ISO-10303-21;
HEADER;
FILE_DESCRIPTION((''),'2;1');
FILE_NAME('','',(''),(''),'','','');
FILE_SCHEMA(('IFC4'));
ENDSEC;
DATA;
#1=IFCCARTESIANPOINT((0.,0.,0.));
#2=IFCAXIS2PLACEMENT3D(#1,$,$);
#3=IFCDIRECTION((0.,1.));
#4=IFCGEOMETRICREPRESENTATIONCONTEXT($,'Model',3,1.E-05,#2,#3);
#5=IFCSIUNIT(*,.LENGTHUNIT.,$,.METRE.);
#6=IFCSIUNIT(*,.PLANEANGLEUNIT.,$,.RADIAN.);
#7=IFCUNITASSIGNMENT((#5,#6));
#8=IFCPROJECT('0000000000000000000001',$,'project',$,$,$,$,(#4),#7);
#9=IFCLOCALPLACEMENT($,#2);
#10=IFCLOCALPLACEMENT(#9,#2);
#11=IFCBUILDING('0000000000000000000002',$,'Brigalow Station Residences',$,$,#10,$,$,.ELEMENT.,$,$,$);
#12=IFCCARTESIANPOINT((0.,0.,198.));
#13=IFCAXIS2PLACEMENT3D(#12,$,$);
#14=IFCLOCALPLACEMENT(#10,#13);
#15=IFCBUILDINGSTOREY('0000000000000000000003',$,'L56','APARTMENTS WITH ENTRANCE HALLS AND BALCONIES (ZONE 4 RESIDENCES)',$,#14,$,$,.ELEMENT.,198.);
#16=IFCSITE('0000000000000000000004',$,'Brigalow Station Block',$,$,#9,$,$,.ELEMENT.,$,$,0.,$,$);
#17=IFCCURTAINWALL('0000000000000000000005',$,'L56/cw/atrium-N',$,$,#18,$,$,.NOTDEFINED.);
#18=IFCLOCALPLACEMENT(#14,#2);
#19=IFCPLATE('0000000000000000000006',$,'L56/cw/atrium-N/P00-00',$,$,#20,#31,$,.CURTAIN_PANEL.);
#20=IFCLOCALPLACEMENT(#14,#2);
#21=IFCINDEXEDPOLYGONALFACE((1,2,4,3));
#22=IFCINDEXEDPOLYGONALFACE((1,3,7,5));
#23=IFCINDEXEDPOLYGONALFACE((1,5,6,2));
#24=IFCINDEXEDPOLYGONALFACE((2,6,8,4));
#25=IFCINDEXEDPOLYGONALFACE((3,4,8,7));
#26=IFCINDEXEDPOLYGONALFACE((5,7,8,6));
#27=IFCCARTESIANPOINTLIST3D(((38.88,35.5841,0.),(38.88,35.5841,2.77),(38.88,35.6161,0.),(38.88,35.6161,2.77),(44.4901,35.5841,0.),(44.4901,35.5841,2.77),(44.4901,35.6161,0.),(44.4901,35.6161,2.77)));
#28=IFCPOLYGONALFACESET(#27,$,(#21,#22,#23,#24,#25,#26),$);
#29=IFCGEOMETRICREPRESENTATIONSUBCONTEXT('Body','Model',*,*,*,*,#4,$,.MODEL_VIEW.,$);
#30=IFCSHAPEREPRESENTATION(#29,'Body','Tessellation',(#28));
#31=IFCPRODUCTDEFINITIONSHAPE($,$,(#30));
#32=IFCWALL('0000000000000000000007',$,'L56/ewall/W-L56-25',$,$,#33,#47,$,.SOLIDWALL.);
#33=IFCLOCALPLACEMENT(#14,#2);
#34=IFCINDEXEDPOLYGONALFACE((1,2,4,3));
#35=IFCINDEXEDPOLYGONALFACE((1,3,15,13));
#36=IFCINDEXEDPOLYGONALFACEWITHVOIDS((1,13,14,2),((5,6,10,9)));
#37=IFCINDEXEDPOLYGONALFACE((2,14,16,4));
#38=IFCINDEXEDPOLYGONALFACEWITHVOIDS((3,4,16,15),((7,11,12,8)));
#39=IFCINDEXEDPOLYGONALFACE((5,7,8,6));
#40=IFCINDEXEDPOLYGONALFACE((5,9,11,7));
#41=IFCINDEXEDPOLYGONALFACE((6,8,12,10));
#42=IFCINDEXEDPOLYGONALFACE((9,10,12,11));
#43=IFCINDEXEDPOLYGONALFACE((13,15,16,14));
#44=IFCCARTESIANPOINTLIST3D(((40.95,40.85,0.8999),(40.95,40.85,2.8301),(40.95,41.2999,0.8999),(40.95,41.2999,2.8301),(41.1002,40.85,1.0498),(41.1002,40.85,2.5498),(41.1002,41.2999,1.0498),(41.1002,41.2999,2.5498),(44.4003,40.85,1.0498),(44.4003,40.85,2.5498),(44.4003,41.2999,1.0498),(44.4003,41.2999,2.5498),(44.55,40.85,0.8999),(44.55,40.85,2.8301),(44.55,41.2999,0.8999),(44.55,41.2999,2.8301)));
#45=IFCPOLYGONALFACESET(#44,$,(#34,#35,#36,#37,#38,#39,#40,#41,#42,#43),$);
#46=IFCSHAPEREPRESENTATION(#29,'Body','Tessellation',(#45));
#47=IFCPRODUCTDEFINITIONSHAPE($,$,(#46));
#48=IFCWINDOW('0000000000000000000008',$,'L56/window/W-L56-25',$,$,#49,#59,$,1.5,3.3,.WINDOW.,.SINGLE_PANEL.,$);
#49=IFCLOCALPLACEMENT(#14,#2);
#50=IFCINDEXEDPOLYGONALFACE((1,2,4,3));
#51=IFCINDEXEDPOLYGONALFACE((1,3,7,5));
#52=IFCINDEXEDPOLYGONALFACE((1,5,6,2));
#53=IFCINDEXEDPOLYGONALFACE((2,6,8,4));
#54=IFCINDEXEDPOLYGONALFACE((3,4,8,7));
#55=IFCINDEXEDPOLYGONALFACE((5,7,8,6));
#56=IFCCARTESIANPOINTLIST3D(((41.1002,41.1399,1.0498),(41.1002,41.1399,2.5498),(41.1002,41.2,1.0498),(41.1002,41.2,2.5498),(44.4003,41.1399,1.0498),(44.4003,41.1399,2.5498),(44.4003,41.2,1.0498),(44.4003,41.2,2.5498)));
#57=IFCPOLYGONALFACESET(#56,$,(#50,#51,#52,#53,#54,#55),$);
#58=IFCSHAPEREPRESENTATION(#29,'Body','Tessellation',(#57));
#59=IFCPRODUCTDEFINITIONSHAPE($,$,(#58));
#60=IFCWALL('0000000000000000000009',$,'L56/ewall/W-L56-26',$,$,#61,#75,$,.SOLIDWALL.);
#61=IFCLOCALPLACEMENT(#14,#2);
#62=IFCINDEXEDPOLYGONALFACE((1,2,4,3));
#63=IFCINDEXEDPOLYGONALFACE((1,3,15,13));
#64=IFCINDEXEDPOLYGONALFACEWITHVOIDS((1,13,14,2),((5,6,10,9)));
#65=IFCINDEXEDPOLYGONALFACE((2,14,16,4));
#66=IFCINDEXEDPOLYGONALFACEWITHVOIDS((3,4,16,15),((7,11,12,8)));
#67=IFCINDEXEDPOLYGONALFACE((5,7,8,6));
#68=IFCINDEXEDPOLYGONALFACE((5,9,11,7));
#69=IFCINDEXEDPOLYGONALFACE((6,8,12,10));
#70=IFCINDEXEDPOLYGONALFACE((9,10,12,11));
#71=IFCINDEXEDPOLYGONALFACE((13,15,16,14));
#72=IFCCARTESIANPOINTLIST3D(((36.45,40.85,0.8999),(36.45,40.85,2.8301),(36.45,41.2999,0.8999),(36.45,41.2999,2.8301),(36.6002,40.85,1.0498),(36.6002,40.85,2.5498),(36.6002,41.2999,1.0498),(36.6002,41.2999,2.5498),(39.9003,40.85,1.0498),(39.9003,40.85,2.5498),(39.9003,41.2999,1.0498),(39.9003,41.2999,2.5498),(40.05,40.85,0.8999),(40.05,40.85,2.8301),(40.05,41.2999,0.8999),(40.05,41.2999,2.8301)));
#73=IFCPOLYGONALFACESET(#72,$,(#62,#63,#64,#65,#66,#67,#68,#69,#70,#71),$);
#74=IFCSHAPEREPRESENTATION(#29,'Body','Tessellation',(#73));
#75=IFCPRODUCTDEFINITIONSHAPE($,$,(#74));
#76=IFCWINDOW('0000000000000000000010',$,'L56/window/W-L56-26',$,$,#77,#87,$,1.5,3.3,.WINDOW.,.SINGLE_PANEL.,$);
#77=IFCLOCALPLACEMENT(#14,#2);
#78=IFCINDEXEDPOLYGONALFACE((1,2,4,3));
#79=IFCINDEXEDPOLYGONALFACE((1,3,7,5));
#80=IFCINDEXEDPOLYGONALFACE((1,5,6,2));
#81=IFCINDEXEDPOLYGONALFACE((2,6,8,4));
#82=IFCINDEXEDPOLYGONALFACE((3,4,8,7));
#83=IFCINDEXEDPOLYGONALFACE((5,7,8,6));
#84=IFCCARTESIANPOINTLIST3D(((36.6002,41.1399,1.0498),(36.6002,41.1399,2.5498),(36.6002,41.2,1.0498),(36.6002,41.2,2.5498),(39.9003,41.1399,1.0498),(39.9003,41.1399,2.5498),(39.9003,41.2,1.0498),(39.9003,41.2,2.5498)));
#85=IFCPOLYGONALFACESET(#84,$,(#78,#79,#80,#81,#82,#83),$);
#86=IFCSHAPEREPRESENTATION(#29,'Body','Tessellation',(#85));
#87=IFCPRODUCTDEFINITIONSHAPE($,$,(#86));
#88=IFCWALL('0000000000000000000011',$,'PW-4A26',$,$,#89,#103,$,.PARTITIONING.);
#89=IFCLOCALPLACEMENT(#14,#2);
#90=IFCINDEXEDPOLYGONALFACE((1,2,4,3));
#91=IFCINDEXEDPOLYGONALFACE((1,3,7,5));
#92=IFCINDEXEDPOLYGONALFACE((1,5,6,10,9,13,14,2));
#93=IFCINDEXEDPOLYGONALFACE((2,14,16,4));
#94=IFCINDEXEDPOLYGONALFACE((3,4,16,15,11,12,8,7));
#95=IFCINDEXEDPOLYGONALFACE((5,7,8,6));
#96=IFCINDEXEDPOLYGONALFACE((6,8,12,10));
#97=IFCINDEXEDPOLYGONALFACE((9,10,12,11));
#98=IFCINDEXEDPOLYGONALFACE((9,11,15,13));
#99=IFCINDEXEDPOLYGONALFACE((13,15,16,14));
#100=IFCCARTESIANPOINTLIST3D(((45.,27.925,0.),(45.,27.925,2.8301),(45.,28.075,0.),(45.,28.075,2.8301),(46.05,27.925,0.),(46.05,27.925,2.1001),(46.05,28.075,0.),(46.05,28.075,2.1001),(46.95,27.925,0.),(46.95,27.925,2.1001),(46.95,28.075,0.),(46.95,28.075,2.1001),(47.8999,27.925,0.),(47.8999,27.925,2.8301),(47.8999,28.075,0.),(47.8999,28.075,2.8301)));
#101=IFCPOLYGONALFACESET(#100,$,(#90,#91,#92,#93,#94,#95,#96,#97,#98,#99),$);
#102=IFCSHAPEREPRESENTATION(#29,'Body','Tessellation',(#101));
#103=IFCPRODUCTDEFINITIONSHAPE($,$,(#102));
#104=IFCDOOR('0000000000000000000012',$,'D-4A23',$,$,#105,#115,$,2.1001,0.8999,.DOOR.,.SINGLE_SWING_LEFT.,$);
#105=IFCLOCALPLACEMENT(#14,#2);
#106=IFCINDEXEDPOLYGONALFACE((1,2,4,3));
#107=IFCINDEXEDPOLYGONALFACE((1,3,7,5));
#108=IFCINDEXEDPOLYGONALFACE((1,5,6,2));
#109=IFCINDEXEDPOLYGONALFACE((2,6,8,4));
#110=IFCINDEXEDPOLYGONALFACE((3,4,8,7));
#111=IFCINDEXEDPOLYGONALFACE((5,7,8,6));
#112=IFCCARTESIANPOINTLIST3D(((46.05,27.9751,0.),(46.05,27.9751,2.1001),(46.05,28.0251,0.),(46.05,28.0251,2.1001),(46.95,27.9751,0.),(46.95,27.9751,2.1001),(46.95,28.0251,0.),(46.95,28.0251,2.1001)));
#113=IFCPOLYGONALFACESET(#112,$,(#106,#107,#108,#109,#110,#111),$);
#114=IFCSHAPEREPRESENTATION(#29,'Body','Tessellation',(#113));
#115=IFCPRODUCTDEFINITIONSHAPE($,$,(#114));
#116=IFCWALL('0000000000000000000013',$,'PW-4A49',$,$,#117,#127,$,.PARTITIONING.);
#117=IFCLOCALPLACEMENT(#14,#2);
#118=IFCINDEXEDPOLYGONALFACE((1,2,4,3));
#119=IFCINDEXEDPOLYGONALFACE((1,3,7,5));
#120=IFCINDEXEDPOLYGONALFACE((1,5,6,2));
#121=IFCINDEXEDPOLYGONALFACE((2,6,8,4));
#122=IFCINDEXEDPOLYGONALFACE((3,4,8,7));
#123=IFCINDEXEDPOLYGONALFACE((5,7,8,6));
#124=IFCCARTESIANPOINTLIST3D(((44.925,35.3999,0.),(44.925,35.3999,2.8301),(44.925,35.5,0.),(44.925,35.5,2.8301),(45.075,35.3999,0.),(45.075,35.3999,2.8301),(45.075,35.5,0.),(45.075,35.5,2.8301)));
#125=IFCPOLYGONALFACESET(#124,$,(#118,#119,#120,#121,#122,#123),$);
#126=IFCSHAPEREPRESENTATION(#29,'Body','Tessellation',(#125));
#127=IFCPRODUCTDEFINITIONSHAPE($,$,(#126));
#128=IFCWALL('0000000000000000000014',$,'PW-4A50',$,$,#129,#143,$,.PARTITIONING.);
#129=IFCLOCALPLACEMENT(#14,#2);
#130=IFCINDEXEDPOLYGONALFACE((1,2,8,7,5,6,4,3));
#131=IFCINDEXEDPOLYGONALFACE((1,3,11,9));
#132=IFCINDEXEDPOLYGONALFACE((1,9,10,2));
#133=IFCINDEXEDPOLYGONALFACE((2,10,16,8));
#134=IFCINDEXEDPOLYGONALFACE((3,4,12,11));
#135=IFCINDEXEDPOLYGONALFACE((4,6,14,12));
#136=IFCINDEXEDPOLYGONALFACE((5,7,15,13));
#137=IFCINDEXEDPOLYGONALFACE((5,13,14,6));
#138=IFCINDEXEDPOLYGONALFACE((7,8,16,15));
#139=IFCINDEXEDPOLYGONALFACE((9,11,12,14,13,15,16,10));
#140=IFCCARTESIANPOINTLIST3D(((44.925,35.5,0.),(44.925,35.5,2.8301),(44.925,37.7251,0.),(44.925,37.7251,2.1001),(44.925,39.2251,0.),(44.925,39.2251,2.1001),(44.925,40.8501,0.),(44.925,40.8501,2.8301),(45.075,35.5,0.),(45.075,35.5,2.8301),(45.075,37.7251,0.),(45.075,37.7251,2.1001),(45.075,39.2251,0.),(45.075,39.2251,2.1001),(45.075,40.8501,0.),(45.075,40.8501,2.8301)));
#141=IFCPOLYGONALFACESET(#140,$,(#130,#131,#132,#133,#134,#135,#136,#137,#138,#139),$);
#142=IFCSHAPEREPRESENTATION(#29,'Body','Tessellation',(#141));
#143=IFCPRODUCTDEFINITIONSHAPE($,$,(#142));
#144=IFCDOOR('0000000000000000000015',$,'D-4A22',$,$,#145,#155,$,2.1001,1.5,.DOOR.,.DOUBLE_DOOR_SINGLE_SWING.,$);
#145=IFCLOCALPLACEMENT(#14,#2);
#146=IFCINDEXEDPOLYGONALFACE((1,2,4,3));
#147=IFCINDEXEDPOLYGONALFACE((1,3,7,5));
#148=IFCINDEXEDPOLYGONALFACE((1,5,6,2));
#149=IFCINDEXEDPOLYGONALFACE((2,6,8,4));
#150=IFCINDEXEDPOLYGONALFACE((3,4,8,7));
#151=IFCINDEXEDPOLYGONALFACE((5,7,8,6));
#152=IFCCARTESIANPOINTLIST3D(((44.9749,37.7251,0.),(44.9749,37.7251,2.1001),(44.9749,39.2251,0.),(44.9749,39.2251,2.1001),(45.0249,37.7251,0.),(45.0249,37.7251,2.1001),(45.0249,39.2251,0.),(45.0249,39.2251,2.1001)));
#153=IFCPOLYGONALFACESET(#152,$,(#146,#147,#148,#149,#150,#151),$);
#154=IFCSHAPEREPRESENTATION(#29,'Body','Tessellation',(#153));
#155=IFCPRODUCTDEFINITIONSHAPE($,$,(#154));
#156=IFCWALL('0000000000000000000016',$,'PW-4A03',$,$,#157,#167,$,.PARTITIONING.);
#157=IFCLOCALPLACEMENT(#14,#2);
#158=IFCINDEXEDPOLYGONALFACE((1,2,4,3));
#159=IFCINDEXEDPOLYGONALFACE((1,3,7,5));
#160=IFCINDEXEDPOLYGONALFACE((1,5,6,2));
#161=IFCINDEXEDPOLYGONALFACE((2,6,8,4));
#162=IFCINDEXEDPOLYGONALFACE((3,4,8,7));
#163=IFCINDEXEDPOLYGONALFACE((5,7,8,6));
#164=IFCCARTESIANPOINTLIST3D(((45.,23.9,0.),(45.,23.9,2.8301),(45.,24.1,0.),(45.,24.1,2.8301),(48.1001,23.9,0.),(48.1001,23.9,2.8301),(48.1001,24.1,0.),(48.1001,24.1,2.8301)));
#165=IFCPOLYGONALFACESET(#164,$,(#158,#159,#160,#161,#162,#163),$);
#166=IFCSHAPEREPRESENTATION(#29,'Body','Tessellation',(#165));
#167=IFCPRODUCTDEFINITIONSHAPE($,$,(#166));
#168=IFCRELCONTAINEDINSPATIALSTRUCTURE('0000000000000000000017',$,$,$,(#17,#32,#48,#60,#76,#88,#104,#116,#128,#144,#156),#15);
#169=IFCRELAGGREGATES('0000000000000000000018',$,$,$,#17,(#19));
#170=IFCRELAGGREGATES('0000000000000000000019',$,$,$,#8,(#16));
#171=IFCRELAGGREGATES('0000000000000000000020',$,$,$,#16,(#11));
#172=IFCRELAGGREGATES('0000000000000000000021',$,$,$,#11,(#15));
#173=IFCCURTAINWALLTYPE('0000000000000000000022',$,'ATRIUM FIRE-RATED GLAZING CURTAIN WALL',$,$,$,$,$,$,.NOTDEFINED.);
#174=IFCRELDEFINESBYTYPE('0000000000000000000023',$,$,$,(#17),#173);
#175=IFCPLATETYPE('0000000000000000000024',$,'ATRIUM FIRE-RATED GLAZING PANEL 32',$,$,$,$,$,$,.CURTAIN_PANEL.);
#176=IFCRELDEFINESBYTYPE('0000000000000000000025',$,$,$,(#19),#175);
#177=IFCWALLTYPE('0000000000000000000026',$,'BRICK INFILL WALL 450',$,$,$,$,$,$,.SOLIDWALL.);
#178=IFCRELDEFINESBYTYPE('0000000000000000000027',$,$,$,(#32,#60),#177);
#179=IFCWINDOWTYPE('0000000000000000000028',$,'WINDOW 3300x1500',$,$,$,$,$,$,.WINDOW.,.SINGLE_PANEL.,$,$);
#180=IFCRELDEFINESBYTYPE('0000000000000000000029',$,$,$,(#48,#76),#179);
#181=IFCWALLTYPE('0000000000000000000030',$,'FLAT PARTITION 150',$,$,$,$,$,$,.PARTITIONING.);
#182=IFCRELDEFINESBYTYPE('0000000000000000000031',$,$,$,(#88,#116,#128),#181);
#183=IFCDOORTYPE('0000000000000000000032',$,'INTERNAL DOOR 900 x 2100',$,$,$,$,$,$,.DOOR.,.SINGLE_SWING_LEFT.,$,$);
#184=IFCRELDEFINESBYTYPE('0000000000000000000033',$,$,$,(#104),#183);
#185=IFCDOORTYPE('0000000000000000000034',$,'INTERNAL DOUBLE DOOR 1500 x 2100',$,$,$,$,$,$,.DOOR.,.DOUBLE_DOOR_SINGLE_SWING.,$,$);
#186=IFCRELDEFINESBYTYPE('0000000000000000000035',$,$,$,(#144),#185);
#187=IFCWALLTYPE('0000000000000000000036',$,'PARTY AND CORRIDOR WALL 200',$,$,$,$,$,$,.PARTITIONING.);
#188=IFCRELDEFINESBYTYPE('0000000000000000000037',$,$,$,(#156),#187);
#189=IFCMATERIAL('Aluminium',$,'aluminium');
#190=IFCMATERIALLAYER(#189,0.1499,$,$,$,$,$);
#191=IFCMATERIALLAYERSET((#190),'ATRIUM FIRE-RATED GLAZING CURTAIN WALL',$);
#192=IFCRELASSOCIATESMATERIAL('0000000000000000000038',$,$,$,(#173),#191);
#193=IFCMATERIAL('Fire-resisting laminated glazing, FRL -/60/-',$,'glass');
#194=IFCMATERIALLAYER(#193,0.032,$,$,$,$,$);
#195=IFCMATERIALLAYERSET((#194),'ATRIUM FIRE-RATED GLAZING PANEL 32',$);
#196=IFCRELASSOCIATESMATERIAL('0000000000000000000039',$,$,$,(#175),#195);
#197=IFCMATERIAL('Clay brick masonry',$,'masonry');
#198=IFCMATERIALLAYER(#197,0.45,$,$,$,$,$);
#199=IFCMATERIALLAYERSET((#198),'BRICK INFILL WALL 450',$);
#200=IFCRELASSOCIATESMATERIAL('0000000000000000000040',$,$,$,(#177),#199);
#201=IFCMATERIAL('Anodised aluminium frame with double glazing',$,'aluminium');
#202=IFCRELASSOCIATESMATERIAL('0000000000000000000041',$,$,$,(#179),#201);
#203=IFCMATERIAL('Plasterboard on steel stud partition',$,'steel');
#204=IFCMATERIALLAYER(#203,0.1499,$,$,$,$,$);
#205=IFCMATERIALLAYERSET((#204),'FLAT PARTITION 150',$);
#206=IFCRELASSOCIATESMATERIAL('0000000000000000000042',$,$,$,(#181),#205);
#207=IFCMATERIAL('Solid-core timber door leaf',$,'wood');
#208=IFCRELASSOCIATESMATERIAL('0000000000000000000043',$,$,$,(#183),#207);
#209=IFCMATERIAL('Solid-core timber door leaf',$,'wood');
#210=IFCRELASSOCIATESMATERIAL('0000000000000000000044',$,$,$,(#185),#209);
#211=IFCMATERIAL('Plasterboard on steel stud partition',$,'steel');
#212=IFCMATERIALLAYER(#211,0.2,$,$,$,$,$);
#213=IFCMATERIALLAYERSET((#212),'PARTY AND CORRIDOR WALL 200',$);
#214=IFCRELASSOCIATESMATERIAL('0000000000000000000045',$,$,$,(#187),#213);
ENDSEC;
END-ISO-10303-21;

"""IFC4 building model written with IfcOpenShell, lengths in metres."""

from ifc_helpers import new_model, si_unit, direction, frame, frame_2d, origin, origin_2d, place, context, subcontext, project, spatial, rectangle, extrude, material, layer, layer_set, type_object, element, fill, aggregate, save


model = new_model("IFC4")

# Units and contexts
model_context = context("Model", 3, precision=1e-05, world=origin(), true_north=direction((0.0, 1.0)))
body_context = subcontext(model_context, "Body", "Model", "MODEL_VIEW")
ifc_project = project(units=[si_unit("LENGTHUNIT", "METRE"), si_unit("PLANEANGLEUNIT", "RADIAN")], contexts=[model_context])

# Site, building, storey
site_placement = place(None, origin())
site = spatial("IfcSite", under=ifc_project, at=site_placement, Name="Brigalow Station Block", CompositionType="ELEMENT", RefElevation=0.0)
building_placement = place(site_placement, origin())
building = spatial("IfcBuilding", under=site, at=building_placement, Name="Brigalow Station Residences", CompositionType="ELEMENT")
storey_placement = place(building_placement, frame((0.0, 0.0, 198.0)))
storey = spatial("IfcBuildingStorey", under=building, at=storey_placement, Name="L56", Description="APARTMENTS WITH ENTRANCE HALLS AND BALCONIES (ZONE 4 RESIDENCES)", CompositionType="ELEMENT", Elevation=198.0)

# Curtain wall
ifc_material_1 = material(Name="Aluminium", Category="aluminium")
ifc_layer_1 = layer(ifc_material_1, 0.1499)
ifc_layer_set_1 = layer_set([ifc_layer_1], Name="ATRIUM FIRE-RATED GLAZING CURTAIN WALL")
curtain_wall_type = type_object("IfcCurtainWallType", Name="ATRIUM FIRE-RATED GLAZING CURTAIN WALL", PredefinedType="NOTDEFINED", material=ifc_layer_set_1)
curtain_wall_1_placement = place(storey_placement, origin())
curtain_wall_1 = element("IfcCurtainWall", 1, at=curtain_wall_1_placement, inside=storey, type_object=curtain_wall_type, Name="L56/cw/atrium-N", PredefinedType="NOTDEFINED")

# Plate
ifc_material_2 = material(Name="Fire-resisting laminated glazing, FRL -/60/-", Category="glass")
ifc_layer_2 = layer(ifc_material_2, 0.032)
ifc_layer_set_2 = layer_set([ifc_layer_2], Name="ATRIUM FIRE-RATED GLAZING PANEL 32")
plate_type = type_object("IfcPlateType", Name="ATRIUM FIRE-RATED GLAZING PANEL 32", PredefinedType="CURTAIN_PANEL", material=ifc_layer_set_2)
plate_1_placement = place(storey_placement, frame((41.6851, 35.6001, 0.0), z_axis=(0.0, 0.0, 1.0), x_axis=(-1.0, 0.0, 0.0)))
plate_1 = element("IfcPlate", 2, at=plate_1_placement, type_object=plate_type, Name="L56/cw/atrium-N/P00-00", PredefinedType="CURTAIN_PANEL", context=body_context, shape_type="SweptSolid", body=[
    extrude(rectangle(XDim=5.6101, YDim=0.032, at=origin_2d()), origin(), (0.0, 0.0, 1.0), 2.77),
])
aggregate(curtain_wall_1, [plate_1])

# Walls, openings, windows
ifc_material_3 = material(Name="Clay brick masonry", Category="masonry")
ifc_layer_3 = layer(ifc_material_3, 0.45)
ifc_layer_set_3 = layer_set([ifc_layer_3], Name="BRICK INFILL WALL 450")
wall_type_1 = type_object("IfcWallType", Name="BRICK INFILL WALL 450", PredefinedType="SOLIDWALL", material=ifc_layer_set_3)
wall_1_placement = place(storey_placement, frame((44.55, 41.075, 0.8999), z_axis=(0.0, 0.0, 1.0), x_axis=(-1.0, 0.0, 0.0)))
wall_1 = element("IfcWall", 3, at=wall_1_placement, inside=storey, type_object=wall_type_1, Name="L56/ewall/W-L56-25", PredefinedType="SOLIDWALL", context=body_context, shape_type="SweptSolid", body=[
    extrude(rectangle(XDim=3.6001, YDim=0.45, at=frame_2d((1.8, 0.0))), origin(), (0.0, 0.0, 1.0), 1.9302),
])
opening_1_placement = place(wall_1_placement, frame((0.1499, 0.0, 0.1499)))
opening_1 = element("IfcOpeningElement", 4, at=opening_1_placement, cuts=wall_1, PredefinedType="OPENING", context=body_context, shape_type="SweptSolid", body=[
    extrude(rectangle(XDim=3.3, YDim=1.5, at=frame_2d((1.6499, 0.75))), frame((0.0, 0.2349, 0.0), z_axis=(0.0, -1.0, 0.0), x_axis=(1.0, 0.0, 0.0)), (0.0, 0.0, 1.0), 0.47),
])
ifc_material_4 = material(Name="Anodised aluminium frame with double glazing", Category="aluminium")
window_type = type_object("IfcWindowType", Name="WINDOW 3300x1500", PartitioningType="SINGLE_PANEL", PredefinedType="WINDOW", material=ifc_material_4)
window_1_placement = place(opening_1_placement, origin())
window_1 = element("IfcWindow", 5, at=window_1_placement, inside=storey, type_object=window_type, Name="L56/window/W-L56-25", OverallHeight=1.5, OverallWidth=3.3, PartitioningType="SINGLE_PANEL", PredefinedType="WINDOW", context=body_context, shape_type="SweptSolid", body=[
    extrude(rectangle(XDim=3.3, YDim=1.5, at=frame_2d((1.6499, 0.75))), frame((0.0, -0.0649, 0.0), z_axis=(0.0, -1.0, 0.0), x_axis=(1.0, 0.0, 0.0)), (0.0, 0.0, 1.0), 0.0601),
])
fill(opening_1, window_1)
wall_2_placement = place(storey_placement, frame((40.05, 41.075, 0.8999), z_axis=(0.0, 0.0, 1.0), x_axis=(-1.0, 0.0, 0.0)))
wall_2 = element("IfcWall", 6, at=wall_2_placement, inside=storey, type_object=wall_type_1, Name="L56/ewall/W-L56-26", PredefinedType="SOLIDWALL", context=body_context, shape_type="SweptSolid", body=[
    extrude(rectangle(XDim=3.6001, YDim=0.45, at=frame_2d((1.8, 0.0))), origin(), (0.0, 0.0, 1.0), 1.9302),
])
opening_2_placement = place(wall_2_placement, frame((0.1499, 0.0, 0.1499)))
opening_2 = element("IfcOpeningElement", 7, at=opening_2_placement, cuts=wall_2, PredefinedType="OPENING", context=body_context, shape_type="SweptSolid", body=[
    extrude(rectangle(XDim=3.3, YDim=1.5, at=frame_2d((1.6499, 0.75))), frame((0.0, 0.2349, 0.0), z_axis=(0.0, -1.0, 0.0), x_axis=(1.0, 0.0, 0.0)), (0.0, 0.0, 1.0), 0.47),
])
window_2_placement = place(opening_2_placement, origin())
window_2 = element("IfcWindow", 8, at=window_2_placement, inside=storey, type_object=window_type, Name="L56/window/W-L56-26", OverallHeight=1.5, OverallWidth=3.3, PartitioningType="SINGLE_PANEL", PredefinedType="WINDOW", context=body_context, shape_type="SweptSolid", body=[
    extrude(rectangle(XDim=3.3, YDim=1.5, at=frame_2d((1.6499, 0.75))), frame((0.0, -0.0649, 0.0), z_axis=(0.0, -1.0, 0.0), x_axis=(1.0, 0.0, 0.0)), (0.0, 0.0, 1.0), 0.0601),
])
fill(opening_2, window_2)

# Wall, opening, door
ifc_material_5 = material(Name="Plasterboard on steel stud partition", Category="steel")
ifc_layer_4 = layer(ifc_material_5, 0.1499)
ifc_layer_set_4 = layer_set([ifc_layer_4], Name="FLAT PARTITION 150")
wall_type_2 = type_object("IfcWallType", Name="FLAT PARTITION 150", PredefinedType="PARTITIONING", material=ifc_layer_set_4)
wall_3_placement = place(storey_placement, frame((45.0, 28.0, 0.0), z_axis=(0.0, 0.0, 1.0), x_axis=(1.0, 0.0, 0.0)))
wall_3 = element("IfcWall", 9, at=wall_3_placement, inside=storey, type_object=wall_type_2, Name="PW-4A26", PredefinedType="PARTITIONING", context=body_context, shape_type="SweptSolid", body=[
    extrude(rectangle(XDim=2.8999, YDim=0.1499, at=frame_2d((1.45, 0.0))), origin(), (0.0, 0.0, 1.0), 2.8301),
])
opening_3_placement = place(wall_3_placement, frame((1.05, 0.0, 0.0)))
opening_3 = element("IfcOpeningElement", 10, at=opening_3_placement, cuts=wall_3, PredefinedType="OPENING", context=body_context, shape_type="SweptSolid", body=[
    extrude(rectangle(XDim=0.8999, YDim=2.1001, at=frame_2d((0.45, 1.05))), frame((0.0, 0.085, 0.0), z_axis=(0.0, -1.0, 0.0), x_axis=(1.0, 0.0, 0.0)), (0.0, 0.0, 1.0), 0.1699),
])
ifc_material_6 = material(Name="Solid-core timber door leaf", Category="wood")
door_type_1 = type_object("IfcDoorType", Name="INTERNAL DOOR 900 x 2100", OperationType="SINGLE_SWING_LEFT", PredefinedType="DOOR", material=ifc_material_6)
door_1_placement = place(opening_3_placement, frame((0.8999, 0.0, 0.0), z_axis=(0.0, 0.0, 1.0), x_axis=(-1.0, 0.0, 0.0)))
door_1 = element("IfcDoor", 11, at=door_1_placement, inside=storey, type_object=door_type_1, Name="D-4A23", OperationType="SINGLE_SWING_LEFT", OverallHeight=2.1001, OverallWidth=0.8999, PredefinedType="DOOR", context=body_context, shape_type="SweptSolid", body=[
    extrude(rectangle(XDim=0.8999, YDim=2.1001, at=frame_2d((0.45, 1.05))), frame((0.0, 0.0249, 0.0), z_axis=(0.0, -1.0, 0.0), x_axis=(1.0, 0.0, 0.0)), (0.0, 0.0, 1.0), 0.05),
])
fill(opening_3, door_1)

# Wall
wall_4_placement = place(storey_placement, frame((45.0, 35.3999, 0.0), z_axis=(0.0, 0.0, 1.0), x_axis=(0.0, 1.0, 0.0)))
element("IfcWall", 12, at=wall_4_placement, inside=storey, type_object=wall_type_2, Name="PW-4A49", PredefinedType="PARTITIONING", context=body_context, shape_type="SweptSolid", body=[
    extrude(rectangle(XDim=0.1001, YDim=0.1499, at=frame_2d((0.05, 0.0))), origin(), (0.0, 0.0, 1.0), 2.8301),
])

# Wall, opening, door
wall_5_placement = place(storey_placement, frame((45.0, 35.5, 0.0), z_axis=(0.0, 0.0, 1.0), x_axis=(0.0, 1.0, 0.0)))
wall_5 = element("IfcWall", 13, at=wall_5_placement, inside=storey, type_object=wall_type_2, Name="PW-4A50", PredefinedType="PARTITIONING", context=body_context, shape_type="SweptSolid", body=[
    extrude(rectangle(XDim=5.3501, YDim=0.1499, at=frame_2d((2.675, 0.0))), origin(), (0.0, 0.0, 1.0), 2.8301),
])
opening_4_placement = place(wall_5_placement, frame((2.2251, 0.0, 0.0)))
opening_4 = element("IfcOpeningElement", 14, at=opening_4_placement, cuts=wall_5, PredefinedType="OPENING", context=body_context, shape_type="SweptSolid", body=[
    extrude(rectangle(XDim=1.5, YDim=2.1001, at=frame_2d((0.75, 1.05))), frame((0.0, 0.085, 0.0), z_axis=(0.0, -1.0, 0.0), x_axis=(1.0, 0.0, 0.0)), (0.0, 0.0, 1.0), 0.1699),
])
ifc_material_7 = material(Name="Solid-core timber door leaf", Category="wood")
door_type_2 = type_object("IfcDoorType", Name="INTERNAL DOUBLE DOOR 1500 x 2100", OperationType="DOUBLE_DOOR_SINGLE_SWING", PredefinedType="DOOR", material=ifc_material_7)
door_2_placement = place(opening_4_placement, frame((1.5, 0.0, 0.0), z_axis=(0.0, 0.0, 1.0), x_axis=(-1.0, 0.0, 0.0)))
door_2 = element("IfcDoor", 15, at=door_2_placement, inside=storey, type_object=door_type_2, Name="D-4A22", OperationType="DOUBLE_DOOR_SINGLE_SWING", OverallHeight=2.1001, OverallWidth=1.5, PredefinedType="DOOR", context=body_context, shape_type="SweptSolid", body=[
    extrude(rectangle(XDim=1.5, YDim=2.1001, at=frame_2d((0.75, 1.05))), frame((0.0, 0.0249, 0.0), z_axis=(0.0, -1.0, 0.0), x_axis=(1.0, 0.0, 0.0)), (0.0, 0.0, 1.0), 0.05),
])
fill(opening_4, door_2)

# Wall
ifc_material_8 = material(Name="Plasterboard on steel stud partition", Category="steel")
ifc_layer_5 = layer(ifc_material_8, 0.2)
ifc_layer_set_5 = layer_set([ifc_layer_5], Name="PARTY AND CORRIDOR WALL 200")
wall_type_3 = type_object("IfcWallType", Name="PARTY AND CORRIDOR WALL 200", PredefinedType="PARTITIONING", material=ifc_layer_set_5)
wall_6_placement = place(storey_placement, frame((45.0, 24.0, 0.0), z_axis=(0.0, 0.0, 1.0), x_axis=(1.0, 0.0, 0.0)))
element("IfcWall", 16, at=wall_6_placement, inside=storey, type_object=wall_type_3, Name="PW-4A03", PredefinedType="PARTITIONING", context=body_context, shape_type="SweptSolid", body=[
    extrude(rectangle(XDim=3.1001, YDim=0.2, at=frame_2d((1.55, 0.0))), origin(), (0.0, 0.0, 1.0), 2.8301),
])

save(model, "model.ifc")
